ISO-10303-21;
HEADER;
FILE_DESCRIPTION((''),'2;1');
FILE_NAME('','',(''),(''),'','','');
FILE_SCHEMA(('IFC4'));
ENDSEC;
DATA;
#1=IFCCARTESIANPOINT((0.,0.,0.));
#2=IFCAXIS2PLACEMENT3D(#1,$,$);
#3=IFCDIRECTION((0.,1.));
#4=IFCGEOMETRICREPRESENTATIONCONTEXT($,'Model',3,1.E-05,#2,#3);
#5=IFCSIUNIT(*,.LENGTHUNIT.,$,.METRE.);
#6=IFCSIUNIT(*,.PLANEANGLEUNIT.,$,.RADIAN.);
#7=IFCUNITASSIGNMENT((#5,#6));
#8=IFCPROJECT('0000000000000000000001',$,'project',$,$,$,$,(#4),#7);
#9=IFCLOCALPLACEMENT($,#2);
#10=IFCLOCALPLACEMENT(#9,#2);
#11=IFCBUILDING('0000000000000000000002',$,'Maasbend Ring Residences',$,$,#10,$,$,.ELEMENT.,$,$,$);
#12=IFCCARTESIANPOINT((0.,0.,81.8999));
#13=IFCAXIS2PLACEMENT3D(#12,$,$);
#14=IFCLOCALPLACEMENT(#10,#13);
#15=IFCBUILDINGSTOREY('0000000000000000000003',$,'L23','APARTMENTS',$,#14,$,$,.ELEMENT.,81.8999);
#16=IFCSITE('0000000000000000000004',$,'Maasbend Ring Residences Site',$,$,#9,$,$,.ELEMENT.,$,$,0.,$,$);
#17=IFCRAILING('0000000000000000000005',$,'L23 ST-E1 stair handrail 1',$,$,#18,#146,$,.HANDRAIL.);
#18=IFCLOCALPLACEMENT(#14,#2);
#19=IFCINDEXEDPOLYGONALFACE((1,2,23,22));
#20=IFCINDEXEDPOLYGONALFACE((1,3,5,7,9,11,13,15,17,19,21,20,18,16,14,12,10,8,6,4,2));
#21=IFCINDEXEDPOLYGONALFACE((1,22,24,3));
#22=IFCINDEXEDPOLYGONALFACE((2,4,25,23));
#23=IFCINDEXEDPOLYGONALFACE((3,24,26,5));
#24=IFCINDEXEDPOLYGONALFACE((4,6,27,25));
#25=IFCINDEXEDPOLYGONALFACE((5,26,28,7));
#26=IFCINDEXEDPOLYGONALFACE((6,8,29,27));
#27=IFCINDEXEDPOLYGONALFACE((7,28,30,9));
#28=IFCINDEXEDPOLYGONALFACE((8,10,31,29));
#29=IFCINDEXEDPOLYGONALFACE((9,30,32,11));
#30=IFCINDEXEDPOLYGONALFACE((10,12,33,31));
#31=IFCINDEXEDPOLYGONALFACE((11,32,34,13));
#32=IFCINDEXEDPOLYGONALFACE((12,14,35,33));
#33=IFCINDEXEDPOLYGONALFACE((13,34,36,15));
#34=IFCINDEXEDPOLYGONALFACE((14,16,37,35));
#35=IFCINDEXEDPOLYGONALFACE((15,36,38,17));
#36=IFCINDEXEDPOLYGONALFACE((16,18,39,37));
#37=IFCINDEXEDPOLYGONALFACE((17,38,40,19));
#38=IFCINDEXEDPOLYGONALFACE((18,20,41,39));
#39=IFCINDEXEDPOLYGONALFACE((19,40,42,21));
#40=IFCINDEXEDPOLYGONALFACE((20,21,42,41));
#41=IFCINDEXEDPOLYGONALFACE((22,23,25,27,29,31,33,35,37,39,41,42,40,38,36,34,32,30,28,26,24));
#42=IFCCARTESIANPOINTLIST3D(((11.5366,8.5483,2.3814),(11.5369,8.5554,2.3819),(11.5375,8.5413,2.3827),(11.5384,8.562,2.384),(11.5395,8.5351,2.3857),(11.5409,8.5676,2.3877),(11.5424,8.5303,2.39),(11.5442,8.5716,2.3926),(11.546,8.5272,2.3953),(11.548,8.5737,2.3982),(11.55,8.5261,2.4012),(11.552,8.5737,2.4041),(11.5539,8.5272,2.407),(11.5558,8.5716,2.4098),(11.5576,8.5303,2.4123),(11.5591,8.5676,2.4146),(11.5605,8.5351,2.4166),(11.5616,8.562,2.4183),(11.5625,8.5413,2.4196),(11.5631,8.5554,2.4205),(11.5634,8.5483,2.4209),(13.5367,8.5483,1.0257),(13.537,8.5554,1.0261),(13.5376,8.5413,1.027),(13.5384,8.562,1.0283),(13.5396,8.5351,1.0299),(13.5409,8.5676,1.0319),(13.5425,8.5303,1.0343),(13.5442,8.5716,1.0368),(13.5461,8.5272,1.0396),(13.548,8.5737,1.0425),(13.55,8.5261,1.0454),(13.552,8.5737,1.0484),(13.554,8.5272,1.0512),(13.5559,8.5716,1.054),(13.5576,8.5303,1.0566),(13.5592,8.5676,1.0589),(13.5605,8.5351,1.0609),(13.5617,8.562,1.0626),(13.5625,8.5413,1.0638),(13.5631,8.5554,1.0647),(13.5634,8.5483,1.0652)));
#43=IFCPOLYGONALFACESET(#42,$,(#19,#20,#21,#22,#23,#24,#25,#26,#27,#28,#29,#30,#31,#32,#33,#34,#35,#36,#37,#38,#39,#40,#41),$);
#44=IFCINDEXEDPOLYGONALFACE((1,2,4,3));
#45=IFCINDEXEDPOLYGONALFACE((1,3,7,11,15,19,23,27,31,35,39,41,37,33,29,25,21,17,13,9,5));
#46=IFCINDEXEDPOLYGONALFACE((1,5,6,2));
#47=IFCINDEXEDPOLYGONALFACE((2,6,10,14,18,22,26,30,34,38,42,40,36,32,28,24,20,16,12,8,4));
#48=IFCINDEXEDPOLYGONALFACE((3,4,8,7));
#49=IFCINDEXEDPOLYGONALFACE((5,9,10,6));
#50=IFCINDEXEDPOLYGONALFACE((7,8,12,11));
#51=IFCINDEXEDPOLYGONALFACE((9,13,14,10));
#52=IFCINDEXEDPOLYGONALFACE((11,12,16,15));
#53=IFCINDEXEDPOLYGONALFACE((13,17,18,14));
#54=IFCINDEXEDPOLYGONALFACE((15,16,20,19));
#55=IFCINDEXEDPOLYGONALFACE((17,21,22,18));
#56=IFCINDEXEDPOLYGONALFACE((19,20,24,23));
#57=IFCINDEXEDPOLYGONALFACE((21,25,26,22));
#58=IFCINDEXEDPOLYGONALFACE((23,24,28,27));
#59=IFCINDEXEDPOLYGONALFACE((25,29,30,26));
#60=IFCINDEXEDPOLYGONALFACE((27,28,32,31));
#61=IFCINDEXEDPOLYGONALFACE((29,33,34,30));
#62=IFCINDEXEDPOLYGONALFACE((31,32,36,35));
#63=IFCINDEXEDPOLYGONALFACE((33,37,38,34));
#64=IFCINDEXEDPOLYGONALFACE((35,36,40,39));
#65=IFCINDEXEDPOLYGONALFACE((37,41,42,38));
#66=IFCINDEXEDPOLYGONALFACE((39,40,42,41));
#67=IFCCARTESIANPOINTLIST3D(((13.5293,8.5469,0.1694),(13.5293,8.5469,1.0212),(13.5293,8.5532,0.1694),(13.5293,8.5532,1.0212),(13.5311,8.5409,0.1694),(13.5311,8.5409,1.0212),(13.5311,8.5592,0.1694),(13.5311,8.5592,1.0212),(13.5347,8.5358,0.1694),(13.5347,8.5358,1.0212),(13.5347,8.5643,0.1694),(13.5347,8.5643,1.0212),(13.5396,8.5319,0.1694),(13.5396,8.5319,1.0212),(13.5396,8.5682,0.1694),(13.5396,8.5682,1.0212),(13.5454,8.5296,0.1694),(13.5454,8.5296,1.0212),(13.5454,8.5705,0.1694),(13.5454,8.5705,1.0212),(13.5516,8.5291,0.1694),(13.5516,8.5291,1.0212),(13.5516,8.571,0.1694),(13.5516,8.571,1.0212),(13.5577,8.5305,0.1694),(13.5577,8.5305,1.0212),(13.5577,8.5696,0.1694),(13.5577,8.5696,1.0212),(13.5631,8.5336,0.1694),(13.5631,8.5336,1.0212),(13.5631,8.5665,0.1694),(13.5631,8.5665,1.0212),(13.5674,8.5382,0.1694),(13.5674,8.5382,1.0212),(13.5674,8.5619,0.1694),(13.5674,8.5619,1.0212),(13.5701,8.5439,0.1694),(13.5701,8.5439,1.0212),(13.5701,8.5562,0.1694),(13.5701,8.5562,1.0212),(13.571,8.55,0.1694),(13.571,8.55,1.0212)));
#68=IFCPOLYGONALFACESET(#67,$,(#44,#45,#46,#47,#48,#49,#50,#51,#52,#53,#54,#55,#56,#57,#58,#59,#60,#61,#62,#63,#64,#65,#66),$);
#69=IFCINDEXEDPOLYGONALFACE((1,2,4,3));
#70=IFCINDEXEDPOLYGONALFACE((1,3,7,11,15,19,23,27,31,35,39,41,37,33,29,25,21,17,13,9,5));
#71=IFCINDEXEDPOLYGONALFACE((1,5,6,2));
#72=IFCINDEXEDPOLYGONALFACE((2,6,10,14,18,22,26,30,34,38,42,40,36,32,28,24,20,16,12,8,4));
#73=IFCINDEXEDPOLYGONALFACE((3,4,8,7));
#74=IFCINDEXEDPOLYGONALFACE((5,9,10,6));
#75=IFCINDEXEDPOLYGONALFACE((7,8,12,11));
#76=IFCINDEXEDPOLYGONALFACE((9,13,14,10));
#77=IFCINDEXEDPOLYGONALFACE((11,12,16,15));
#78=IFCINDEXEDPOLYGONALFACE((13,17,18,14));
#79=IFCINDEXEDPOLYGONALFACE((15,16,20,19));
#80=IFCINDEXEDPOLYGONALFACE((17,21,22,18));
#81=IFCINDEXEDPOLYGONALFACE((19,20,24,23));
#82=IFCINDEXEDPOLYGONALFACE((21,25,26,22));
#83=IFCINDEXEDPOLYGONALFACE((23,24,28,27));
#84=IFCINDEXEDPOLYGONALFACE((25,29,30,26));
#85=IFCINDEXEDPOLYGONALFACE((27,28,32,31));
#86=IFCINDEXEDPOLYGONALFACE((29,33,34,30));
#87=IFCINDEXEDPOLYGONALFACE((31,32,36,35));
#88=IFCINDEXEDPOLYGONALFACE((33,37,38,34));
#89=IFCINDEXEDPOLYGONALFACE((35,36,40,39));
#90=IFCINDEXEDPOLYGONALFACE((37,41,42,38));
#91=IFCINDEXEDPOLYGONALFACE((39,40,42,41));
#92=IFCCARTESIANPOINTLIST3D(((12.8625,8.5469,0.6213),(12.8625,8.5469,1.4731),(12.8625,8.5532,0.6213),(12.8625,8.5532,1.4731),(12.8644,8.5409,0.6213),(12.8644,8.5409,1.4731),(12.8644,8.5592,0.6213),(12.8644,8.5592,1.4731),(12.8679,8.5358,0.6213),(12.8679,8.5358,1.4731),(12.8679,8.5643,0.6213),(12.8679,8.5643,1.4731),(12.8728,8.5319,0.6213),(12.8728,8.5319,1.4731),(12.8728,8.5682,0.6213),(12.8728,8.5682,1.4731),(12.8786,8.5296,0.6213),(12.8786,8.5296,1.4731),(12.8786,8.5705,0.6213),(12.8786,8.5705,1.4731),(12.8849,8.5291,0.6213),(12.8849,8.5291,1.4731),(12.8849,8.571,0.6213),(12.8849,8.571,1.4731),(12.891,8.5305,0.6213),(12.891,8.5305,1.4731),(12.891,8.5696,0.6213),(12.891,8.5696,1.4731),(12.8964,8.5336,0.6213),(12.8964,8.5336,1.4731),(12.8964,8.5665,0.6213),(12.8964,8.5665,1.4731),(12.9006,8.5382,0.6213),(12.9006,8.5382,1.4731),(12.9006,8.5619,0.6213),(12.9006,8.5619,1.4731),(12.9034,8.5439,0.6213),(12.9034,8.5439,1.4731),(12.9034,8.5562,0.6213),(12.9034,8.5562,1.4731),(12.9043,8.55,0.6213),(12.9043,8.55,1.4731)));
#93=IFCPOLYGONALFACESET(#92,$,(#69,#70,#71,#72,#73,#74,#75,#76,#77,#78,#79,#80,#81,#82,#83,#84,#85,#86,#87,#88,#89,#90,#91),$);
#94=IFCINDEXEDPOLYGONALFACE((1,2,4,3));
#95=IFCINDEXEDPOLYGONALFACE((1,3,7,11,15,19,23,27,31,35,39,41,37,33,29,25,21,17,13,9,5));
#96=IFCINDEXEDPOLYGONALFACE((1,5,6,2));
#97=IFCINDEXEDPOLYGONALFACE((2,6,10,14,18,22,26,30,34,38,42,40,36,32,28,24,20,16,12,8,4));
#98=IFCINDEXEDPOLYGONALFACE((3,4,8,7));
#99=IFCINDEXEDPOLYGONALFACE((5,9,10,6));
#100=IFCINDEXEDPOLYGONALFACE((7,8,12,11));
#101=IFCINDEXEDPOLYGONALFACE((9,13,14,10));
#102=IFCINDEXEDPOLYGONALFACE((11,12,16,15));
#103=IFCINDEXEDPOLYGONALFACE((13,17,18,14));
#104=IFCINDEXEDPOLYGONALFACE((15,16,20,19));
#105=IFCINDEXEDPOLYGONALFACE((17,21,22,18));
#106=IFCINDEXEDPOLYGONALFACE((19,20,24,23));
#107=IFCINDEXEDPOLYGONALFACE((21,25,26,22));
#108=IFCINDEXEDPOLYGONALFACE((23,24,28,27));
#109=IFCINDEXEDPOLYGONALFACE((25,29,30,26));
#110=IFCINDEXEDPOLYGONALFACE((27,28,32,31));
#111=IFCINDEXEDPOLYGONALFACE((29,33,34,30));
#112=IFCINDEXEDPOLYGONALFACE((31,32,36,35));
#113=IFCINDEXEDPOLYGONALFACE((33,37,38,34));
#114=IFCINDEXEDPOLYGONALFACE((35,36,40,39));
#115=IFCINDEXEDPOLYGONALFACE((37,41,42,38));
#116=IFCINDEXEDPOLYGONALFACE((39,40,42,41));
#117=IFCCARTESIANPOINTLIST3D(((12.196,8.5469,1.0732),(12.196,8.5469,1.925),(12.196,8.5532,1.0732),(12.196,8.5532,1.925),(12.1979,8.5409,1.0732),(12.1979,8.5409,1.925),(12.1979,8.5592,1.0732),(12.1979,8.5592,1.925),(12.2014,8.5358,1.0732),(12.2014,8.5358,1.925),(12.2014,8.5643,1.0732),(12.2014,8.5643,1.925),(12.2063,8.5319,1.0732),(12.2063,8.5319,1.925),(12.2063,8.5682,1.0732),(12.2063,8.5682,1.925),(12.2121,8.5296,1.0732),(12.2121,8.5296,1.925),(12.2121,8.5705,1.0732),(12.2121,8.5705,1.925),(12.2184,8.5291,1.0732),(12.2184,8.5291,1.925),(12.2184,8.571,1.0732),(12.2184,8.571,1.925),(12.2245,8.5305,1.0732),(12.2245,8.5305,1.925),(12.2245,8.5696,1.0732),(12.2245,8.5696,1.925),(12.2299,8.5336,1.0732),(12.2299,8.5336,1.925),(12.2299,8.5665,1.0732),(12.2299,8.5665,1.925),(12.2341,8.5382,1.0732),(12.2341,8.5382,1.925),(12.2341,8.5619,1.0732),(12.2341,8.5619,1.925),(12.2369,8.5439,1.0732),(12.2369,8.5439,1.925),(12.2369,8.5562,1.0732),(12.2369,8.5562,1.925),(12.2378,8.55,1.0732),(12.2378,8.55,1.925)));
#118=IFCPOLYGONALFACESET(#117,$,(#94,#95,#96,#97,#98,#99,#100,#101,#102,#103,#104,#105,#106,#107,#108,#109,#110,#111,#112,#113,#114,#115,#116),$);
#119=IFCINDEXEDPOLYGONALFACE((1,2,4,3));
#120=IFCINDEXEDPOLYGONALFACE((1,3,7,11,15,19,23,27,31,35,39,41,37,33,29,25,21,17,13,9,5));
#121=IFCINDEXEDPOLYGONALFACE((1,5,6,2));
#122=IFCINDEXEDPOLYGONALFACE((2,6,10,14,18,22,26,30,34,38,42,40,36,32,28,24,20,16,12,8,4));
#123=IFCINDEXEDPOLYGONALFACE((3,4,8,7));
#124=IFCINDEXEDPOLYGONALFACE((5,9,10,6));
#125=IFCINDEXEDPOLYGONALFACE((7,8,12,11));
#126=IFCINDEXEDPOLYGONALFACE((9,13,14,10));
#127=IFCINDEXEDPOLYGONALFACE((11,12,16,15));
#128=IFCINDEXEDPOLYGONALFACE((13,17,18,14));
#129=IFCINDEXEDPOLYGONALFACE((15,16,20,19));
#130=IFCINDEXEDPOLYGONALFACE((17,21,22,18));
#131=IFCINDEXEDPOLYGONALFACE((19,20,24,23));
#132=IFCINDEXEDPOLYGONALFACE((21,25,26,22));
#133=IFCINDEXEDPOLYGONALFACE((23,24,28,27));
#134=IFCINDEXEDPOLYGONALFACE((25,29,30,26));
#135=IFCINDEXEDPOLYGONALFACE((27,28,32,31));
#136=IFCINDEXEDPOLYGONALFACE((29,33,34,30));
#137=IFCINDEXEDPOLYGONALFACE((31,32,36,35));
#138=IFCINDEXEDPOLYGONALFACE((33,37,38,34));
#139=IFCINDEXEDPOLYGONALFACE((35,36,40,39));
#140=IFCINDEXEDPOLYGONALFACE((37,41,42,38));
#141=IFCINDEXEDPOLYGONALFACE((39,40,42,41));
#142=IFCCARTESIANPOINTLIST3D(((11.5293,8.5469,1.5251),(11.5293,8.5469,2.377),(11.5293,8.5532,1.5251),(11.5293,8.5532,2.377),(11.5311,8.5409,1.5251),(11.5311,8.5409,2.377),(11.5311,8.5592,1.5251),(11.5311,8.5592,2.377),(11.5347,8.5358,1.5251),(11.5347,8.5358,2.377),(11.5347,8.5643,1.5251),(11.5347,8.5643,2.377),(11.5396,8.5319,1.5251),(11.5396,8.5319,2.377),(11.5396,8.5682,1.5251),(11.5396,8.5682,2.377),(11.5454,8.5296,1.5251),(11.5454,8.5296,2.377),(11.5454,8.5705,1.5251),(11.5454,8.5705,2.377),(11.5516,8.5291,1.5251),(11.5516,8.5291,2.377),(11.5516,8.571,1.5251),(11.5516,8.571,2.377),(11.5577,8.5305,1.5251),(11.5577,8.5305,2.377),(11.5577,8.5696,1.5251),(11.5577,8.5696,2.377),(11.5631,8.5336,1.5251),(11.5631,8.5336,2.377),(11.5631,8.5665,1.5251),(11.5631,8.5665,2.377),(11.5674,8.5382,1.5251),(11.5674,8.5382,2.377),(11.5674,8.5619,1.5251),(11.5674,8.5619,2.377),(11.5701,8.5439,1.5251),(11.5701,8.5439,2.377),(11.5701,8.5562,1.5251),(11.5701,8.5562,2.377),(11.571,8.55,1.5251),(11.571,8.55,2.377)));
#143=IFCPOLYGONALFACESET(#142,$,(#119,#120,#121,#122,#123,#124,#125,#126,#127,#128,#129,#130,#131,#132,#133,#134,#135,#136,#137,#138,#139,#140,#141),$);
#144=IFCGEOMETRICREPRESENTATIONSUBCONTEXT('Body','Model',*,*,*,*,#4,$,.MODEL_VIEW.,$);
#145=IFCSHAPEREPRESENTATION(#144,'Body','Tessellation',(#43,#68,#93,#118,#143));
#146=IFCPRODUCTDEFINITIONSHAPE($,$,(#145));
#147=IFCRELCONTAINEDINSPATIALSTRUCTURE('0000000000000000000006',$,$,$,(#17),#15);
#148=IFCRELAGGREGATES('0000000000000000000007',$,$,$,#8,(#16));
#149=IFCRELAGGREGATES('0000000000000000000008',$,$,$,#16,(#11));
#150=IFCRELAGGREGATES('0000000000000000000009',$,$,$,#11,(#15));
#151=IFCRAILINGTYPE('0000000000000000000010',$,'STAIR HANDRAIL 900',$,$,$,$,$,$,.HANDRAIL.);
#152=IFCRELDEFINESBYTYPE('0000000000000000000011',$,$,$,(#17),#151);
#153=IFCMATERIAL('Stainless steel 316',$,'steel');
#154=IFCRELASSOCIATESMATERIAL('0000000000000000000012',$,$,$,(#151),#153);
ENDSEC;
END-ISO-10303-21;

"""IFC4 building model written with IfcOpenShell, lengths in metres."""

from ifc_helpers import new_model, si_unit, direction, frame, origin, origin_2d, place, context, subcontext, project, spatial, circle, extrude, material, type_object, element, save


model = new_model("IFC4")

# Units and contexts
model_context = context("Model", 3, precision=1e-05, world=origin(), true_north=direction((0.0, 1.0)))
body_context = subcontext(model_context, "Body", "Model", "MODEL_VIEW")
ifc_project = project(units=[si_unit("LENGTHUNIT", "METRE"), si_unit("PLANEANGLEUNIT", "RADIAN")], contexts=[model_context])

# Site, building, storey
site_placement = place(None, origin())
site = spatial("IfcSite", under=ifc_project, at=site_placement, Name="Maasbend Ring Residences Site", CompositionType="ELEMENT", RefElevation=0.0)
building_placement = place(site_placement, origin())
building = spatial("IfcBuilding", under=site, at=building_placement, Name="Maasbend Ring Residences", CompositionType="ELEMENT")
storey_placement = place(building_placement, frame((0.0, 0.0, 81.8999)))
storey = spatial("IfcBuildingStorey", under=building, at=storey_placement, Name="L23", Description="APARTMENTS", CompositionType="ELEMENT", Elevation=81.8999)

# Railing
ifc_material_1 = material(Name="Stainless steel 316", Category="steel")
railing_type_1 = type_object("IfcRailingType", Name="STAIR HANDRAIL 900", PredefinedType="HANDRAIL", material=ifc_material_1)
railing_1_placement = place(storey_placement, frame((13.55, 8.55, 0.1694)))
element("IfcRailing", 1, at=railing_1_placement, inside=storey, type_object=railing_type_1, Name="L23 ST-E1 stair handrail 1", PredefinedType="HANDRAIL", context=body_context, shape_type="SweptSolid", body=[
    extrude(circle(Radius=0.0239, at=origin_2d()), frame((0.0, 0.0, 0.876), z_axis=(-0.827751, 0.0, 0.561096), x_axis=(0.0, -1.0, 0.0)), (0.0, 0.0, 1.0), 2.4163),
    extrude(circle(Radius=0.021, at=origin_2d()), origin(), (0.0, 0.0, 1.0), 0.8518),
    extrude(circle(Radius=0.021, at=origin_2d()), frame((-0.6667, 0.0, 0.4519)), (0.0, 0.0, 1.0), 0.8518),
    extrude(circle(Radius=0.021, at=origin_2d()), frame((-1.3333, 0.0, 0.9038)), (0.0, 0.0, 1.0), 0.8518),
    extrude(circle(Radius=0.021, at=origin_2d()), frame((-2.0, 0.0, 1.3557)), (0.0, 0.0, 1.0), 0.8518),
])

save(model, "model.ifc")
